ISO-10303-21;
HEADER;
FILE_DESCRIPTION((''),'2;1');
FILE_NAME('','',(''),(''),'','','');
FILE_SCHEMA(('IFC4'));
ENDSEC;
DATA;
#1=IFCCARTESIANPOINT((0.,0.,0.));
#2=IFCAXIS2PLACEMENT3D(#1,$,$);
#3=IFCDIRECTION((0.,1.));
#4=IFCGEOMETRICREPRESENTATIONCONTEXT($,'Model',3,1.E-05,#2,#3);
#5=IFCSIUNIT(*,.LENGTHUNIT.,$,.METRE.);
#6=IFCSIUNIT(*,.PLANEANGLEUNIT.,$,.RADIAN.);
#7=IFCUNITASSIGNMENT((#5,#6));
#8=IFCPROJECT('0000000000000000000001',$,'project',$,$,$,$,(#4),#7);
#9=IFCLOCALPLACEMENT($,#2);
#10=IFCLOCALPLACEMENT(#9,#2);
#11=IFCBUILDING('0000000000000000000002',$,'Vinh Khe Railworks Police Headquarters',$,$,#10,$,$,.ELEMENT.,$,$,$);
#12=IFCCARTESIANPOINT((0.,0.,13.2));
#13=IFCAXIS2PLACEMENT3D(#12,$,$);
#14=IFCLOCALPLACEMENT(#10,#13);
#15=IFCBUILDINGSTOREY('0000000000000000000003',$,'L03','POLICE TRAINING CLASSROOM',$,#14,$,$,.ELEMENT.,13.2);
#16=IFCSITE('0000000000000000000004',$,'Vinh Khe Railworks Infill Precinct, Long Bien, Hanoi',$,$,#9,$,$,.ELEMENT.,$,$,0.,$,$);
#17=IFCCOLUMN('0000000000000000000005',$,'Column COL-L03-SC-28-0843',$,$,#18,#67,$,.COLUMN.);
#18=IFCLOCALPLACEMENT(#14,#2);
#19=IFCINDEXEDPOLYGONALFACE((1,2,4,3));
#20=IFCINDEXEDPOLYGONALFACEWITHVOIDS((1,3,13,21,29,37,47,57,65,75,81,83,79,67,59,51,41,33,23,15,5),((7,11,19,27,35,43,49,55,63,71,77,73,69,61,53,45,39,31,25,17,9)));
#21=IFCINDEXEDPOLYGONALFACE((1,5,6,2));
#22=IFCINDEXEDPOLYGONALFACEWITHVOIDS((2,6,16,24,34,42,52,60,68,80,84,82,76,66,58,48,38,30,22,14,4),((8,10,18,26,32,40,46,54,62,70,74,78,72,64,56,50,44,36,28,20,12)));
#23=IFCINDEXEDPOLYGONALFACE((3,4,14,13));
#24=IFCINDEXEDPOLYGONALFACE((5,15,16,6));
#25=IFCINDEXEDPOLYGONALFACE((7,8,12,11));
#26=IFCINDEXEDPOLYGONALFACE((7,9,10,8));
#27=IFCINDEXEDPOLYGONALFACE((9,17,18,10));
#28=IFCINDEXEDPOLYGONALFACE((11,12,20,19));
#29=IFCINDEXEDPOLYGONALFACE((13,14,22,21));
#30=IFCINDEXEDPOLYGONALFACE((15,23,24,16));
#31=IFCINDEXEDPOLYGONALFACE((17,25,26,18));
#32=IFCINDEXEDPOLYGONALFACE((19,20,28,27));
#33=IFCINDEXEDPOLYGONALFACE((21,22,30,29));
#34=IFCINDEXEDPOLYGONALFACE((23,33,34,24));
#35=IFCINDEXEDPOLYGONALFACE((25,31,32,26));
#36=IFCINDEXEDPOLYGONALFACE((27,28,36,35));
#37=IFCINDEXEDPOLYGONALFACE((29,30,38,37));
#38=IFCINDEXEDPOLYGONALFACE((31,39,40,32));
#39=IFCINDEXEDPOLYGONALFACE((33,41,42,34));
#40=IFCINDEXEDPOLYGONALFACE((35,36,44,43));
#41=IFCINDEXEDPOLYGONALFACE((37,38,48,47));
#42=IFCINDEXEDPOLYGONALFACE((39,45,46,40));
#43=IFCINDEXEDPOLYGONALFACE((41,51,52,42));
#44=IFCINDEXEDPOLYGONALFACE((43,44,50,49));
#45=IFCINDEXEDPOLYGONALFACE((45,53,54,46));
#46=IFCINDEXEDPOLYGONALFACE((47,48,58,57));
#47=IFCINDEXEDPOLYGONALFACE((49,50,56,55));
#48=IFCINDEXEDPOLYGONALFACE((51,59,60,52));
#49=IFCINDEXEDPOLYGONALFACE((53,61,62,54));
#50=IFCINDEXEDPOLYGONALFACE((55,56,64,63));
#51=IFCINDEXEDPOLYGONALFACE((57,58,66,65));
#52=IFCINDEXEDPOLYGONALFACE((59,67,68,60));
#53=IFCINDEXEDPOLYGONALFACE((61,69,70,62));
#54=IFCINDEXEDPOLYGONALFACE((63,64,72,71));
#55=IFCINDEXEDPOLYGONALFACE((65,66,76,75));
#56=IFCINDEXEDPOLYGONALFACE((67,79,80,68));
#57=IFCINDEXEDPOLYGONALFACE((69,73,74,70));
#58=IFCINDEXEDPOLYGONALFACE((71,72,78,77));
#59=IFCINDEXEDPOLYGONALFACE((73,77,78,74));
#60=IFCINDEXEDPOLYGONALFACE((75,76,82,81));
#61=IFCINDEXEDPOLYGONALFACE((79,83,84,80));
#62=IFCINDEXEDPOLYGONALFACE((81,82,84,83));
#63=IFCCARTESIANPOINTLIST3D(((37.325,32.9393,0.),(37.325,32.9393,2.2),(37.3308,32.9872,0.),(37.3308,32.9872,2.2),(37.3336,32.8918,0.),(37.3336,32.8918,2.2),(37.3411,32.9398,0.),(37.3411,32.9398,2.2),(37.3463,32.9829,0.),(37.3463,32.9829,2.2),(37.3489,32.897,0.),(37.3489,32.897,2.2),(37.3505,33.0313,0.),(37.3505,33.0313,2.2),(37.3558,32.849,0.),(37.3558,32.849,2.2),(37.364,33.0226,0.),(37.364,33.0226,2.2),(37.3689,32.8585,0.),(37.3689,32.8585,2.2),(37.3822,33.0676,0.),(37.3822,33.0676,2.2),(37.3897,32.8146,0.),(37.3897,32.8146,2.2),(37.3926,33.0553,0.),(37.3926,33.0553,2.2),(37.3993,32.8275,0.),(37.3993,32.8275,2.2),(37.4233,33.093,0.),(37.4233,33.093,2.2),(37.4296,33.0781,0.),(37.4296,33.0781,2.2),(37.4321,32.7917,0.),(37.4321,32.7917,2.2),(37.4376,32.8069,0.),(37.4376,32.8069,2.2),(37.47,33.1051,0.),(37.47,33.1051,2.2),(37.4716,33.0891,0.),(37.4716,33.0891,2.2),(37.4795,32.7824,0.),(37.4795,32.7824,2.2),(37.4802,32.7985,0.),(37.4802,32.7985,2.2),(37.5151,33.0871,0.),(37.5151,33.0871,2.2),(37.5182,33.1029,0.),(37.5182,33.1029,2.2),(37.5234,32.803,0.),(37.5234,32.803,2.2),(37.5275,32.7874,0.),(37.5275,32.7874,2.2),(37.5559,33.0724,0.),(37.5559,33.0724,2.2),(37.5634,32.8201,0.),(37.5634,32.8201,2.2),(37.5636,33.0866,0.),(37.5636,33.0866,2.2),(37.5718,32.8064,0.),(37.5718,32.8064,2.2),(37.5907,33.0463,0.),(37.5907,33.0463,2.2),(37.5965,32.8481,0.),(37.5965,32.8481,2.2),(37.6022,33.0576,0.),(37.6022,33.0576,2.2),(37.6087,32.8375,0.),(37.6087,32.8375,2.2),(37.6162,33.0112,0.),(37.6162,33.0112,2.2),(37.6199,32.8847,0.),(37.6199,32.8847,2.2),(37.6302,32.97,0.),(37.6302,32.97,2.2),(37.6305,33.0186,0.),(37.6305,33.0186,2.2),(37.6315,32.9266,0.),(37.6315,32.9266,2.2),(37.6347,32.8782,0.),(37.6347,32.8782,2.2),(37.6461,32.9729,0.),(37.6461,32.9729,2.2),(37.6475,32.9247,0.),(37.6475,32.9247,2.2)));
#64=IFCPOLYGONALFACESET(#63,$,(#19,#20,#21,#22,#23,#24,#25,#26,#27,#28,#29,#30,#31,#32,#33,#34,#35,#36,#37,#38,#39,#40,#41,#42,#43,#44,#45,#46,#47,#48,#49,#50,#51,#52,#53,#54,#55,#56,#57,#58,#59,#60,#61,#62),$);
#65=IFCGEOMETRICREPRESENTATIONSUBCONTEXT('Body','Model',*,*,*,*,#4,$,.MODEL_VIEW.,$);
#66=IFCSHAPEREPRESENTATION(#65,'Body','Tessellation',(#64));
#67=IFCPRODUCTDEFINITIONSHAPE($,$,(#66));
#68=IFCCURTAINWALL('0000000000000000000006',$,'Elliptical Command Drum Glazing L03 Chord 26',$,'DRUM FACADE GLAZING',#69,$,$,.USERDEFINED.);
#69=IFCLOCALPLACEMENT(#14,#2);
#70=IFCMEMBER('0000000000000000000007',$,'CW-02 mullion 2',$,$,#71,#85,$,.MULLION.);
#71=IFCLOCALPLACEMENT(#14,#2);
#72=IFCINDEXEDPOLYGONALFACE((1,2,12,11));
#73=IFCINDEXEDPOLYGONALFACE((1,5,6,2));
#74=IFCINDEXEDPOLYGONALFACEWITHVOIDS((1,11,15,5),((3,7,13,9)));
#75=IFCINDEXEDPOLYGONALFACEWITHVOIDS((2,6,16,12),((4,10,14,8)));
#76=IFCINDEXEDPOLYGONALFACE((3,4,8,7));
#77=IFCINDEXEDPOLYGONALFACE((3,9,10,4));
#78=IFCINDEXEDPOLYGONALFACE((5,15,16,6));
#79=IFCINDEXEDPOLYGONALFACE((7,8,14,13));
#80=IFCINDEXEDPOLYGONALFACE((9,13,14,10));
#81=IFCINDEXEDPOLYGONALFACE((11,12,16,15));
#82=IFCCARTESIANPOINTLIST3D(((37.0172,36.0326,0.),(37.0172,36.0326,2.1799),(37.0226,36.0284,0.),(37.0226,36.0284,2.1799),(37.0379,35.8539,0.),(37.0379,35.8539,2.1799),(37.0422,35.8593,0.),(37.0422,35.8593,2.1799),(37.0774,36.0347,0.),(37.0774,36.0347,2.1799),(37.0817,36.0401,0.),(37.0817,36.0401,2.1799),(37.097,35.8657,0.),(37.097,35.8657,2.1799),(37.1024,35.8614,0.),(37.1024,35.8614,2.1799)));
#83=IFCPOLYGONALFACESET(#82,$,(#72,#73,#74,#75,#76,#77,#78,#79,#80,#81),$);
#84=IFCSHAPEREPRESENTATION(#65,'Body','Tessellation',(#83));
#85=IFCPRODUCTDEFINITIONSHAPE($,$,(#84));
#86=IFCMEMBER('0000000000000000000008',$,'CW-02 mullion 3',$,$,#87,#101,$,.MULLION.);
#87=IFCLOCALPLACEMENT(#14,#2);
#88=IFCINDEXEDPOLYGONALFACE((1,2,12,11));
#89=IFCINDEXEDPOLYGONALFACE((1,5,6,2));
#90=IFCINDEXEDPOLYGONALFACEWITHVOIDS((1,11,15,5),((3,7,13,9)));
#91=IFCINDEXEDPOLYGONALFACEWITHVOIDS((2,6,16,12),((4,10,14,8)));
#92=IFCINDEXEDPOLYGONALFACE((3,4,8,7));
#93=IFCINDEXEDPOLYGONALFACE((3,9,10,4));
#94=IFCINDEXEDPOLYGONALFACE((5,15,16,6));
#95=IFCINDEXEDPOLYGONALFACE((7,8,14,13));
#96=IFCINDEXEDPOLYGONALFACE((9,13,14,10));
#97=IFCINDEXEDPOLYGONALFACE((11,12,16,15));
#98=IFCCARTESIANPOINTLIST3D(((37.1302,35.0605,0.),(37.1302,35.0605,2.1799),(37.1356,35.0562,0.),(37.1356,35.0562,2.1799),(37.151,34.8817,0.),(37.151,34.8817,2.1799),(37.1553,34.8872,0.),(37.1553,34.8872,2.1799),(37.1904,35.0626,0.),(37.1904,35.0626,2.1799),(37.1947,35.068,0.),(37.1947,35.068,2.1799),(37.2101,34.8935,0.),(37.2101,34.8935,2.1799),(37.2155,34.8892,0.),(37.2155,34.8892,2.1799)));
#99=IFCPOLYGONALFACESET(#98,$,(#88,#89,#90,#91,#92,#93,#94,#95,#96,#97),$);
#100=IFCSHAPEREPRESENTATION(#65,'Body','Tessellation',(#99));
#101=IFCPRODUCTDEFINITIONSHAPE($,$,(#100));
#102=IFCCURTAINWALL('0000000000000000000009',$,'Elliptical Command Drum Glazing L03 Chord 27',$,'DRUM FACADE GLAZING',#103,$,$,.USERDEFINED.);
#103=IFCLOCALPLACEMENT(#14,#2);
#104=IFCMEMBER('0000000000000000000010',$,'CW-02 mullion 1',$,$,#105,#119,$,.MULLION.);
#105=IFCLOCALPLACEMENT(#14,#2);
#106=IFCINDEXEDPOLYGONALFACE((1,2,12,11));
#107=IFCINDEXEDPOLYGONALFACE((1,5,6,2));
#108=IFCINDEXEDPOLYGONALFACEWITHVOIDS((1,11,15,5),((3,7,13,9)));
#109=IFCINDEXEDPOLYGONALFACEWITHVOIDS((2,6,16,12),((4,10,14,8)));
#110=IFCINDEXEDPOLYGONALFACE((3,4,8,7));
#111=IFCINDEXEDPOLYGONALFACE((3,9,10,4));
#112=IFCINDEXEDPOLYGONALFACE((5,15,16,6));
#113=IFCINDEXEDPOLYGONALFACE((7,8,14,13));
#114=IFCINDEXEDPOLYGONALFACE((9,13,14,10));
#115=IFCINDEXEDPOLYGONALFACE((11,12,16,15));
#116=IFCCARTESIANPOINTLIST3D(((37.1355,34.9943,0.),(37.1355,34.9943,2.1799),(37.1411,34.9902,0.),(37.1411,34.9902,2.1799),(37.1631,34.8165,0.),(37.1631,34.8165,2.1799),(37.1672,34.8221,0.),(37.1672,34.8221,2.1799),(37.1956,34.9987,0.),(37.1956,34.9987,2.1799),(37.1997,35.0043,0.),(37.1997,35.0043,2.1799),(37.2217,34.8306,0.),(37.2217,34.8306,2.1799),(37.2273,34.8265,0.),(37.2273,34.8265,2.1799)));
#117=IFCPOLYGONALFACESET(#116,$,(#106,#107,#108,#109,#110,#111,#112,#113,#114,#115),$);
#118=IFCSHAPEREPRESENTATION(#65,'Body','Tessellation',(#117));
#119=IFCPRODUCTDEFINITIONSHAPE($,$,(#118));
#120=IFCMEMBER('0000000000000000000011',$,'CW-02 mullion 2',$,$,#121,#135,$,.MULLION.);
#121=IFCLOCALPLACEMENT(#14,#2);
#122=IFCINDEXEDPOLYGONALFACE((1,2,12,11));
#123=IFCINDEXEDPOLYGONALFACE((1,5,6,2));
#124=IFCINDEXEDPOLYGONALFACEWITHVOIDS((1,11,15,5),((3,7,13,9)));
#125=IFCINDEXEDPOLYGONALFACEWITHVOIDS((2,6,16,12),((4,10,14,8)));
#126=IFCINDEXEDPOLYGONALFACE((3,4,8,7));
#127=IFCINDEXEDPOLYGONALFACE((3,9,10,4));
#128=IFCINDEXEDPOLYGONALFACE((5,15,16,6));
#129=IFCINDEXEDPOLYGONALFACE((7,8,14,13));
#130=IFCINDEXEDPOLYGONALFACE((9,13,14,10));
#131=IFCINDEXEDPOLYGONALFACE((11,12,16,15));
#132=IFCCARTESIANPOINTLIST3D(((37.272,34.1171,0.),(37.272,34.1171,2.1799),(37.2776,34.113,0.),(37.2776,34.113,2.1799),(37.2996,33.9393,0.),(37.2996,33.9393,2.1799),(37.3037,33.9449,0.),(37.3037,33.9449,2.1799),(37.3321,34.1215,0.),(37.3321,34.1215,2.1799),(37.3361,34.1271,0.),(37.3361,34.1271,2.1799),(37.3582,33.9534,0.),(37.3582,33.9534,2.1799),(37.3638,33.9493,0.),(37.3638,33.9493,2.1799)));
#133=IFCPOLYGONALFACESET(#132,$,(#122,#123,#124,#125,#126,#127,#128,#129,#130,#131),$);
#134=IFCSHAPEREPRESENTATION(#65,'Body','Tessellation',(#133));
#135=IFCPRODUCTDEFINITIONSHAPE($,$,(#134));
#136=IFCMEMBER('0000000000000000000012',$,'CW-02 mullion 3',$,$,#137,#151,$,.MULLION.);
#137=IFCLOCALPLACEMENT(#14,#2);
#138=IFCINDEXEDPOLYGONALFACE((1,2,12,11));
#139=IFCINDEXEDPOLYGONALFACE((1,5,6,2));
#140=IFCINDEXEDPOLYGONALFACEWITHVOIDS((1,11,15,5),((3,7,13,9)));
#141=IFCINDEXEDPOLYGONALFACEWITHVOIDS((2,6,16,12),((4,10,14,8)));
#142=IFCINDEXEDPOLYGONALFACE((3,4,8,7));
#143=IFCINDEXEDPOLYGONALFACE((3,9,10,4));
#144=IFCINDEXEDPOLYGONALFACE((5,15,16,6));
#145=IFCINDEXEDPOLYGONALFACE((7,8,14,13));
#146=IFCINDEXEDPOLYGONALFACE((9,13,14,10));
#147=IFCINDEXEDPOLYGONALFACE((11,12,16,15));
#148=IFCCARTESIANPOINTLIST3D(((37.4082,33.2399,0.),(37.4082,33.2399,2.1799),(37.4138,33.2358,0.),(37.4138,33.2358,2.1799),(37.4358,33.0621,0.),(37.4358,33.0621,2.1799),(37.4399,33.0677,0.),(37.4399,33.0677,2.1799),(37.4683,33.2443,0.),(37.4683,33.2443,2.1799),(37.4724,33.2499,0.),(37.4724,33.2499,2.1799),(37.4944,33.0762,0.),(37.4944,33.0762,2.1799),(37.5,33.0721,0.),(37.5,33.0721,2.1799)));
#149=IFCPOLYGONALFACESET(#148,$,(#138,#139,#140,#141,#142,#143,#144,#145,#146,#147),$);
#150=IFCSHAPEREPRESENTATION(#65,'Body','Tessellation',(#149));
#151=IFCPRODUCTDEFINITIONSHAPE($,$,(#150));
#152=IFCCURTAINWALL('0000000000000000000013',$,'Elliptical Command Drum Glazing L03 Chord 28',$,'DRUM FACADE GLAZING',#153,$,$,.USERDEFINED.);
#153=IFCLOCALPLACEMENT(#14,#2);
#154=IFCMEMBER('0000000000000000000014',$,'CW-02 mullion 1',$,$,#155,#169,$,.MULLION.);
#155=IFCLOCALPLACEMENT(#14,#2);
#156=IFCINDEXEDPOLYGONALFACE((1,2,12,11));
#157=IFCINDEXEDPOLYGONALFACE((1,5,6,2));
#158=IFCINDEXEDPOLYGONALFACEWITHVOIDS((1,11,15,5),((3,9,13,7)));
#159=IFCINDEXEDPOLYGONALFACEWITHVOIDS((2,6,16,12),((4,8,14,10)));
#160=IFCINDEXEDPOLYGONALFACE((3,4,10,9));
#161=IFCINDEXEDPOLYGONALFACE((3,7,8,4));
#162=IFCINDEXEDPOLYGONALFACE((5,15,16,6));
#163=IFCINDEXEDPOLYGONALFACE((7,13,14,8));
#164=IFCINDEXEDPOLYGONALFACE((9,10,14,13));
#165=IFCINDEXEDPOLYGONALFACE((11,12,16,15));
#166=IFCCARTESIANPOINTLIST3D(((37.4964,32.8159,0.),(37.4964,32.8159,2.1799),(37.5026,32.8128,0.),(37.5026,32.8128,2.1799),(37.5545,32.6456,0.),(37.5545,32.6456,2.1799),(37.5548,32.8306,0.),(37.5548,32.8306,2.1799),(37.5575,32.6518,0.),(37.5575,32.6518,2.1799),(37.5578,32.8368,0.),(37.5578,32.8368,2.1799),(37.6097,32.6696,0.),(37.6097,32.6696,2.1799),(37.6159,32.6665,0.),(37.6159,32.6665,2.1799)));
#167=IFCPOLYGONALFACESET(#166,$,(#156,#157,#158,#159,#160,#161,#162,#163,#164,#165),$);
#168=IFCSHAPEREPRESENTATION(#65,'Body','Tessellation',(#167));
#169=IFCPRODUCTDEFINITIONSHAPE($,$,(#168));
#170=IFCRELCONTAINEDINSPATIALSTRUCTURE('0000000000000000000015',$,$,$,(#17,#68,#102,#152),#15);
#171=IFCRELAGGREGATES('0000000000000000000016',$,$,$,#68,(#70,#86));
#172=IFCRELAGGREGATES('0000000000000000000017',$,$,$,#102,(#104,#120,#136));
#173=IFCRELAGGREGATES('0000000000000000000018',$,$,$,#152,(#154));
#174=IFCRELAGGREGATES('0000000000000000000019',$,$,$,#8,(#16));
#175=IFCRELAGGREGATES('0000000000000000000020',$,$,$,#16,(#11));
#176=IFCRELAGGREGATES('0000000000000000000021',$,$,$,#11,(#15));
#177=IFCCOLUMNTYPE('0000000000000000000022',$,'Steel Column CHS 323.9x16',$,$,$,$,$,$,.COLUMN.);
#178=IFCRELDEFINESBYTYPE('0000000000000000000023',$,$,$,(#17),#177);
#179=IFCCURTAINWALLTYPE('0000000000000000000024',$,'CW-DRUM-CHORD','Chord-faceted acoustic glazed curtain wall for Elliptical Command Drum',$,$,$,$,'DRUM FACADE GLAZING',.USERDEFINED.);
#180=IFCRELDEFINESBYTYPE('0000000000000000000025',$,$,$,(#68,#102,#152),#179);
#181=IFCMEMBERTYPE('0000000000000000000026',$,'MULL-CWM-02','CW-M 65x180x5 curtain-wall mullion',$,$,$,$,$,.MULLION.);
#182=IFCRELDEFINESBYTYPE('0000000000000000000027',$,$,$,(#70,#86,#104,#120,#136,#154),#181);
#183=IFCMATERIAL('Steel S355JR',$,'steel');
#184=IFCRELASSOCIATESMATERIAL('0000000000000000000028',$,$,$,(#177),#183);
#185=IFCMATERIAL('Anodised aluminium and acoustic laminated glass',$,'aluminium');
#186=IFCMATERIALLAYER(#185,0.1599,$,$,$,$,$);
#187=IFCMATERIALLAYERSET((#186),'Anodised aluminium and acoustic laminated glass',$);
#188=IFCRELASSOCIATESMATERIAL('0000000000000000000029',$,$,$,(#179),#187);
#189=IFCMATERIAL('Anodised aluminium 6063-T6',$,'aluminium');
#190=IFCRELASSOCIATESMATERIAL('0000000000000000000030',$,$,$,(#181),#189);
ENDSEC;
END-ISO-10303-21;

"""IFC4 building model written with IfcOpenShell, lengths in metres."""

from ifc_helpers import new_model, si_unit, direction, frame, origin, origin_2d, place, context, subcontext, project, spatial, hollow_rectangle, hollow_circle, extrude, material, layer, layer_set, material_profile, profile_set, type_object, element, aggregate, save


model = new_model("IFC4")

# Units and contexts
model_context = context("Model", 3, precision=1e-05, world=origin(), true_north=direction((0.0, 1.0)))
body_context = subcontext(model_context, "Body", "Model", "MODEL_VIEW")
ifc_project = project(units=[si_unit("LENGTHUNIT", "METRE"), si_unit("PLANEANGLEUNIT", "RADIAN")], contexts=[model_context])

# Site, building, storey
site_placement = place(None, origin())
site = spatial("IfcSite", under=ifc_project, at=site_placement, Name="Vinh Khe Railworks Infill Precinct, Long Bien, Hanoi", CompositionType="ELEMENT", RefElevation=0.0)
building_placement = place(site_placement, origin())
building = spatial("IfcBuilding", under=site, at=building_placement, Name="Vinh Khe Railworks Police Headquarters", CompositionType="ELEMENT")
storey_placement = place(building_placement, frame((0.0, 0.0, 13.2)))
storey = spatial("IfcBuildingStorey", under=building, at=storey_placement, Name="L03", Description="POLICE TRAINING CLASSROOM", CompositionType="ELEMENT", Elevation=13.2)

# Column
ifc_material_1 = material(Name="Steel S355JR", Category="steel")
ifc_material_profile_1 = material_profile(ifc_material_1, hollow_circle(Radius=0.1619, WallThickness=0.0161, at=origin_2d()), Name="CHS 323.9x16")
ifc_profile_set_1 = profile_set([ifc_material_profile_1], Name="Steel S355JR")
column_type = type_object("IfcColumnType", Name="Steel Column CHS 323.9x16", PredefinedType="COLUMN", material=ifc_profile_set_1)
column_placement = place(storey_placement, frame((37.4868, 32.9441, 0.0), z_axis=(0.0, 0.0, 1.0), x_axis=(-0.94648, -0.322761, 0.0)))
element("IfcColumn", 1, at=column_placement, inside=storey, type_object=column_type, Name="Column COL-L03-SC-28-0843", PredefinedType="COLUMN", context=body_context, shape_type="SweptSolid", body=[
    extrude(hollow_circle(Radius=0.1619, WallThickness=0.0161, at=origin_2d()), origin(), (0.0, 0.0, 1.0), 2.2),
])

# Curtain walls, members
ifc_material_2 = material(Name="Anodised aluminium and acoustic laminated glass", Category="aluminium")
ifc_layer_1 = layer(ifc_material_2, 0.1599)
ifc_layer_set_1 = layer_set([ifc_layer_1], Name="Anodised aluminium and acoustic laminated glass")
curtain_wall_type = type_object("IfcCurtainWallType", Name="CW-DRUM-CHORD", Description="Chord-faceted acoustic glazed curtain wall for Elliptical Command Drum", ElementType="DRUM FACADE GLAZING", PredefinedType="USERDEFINED", material=ifc_layer_set_1)
curtain_wall_1_placement = place(storey_placement, origin())
curtain_wall_1 = element("IfcCurtainWall", 2, at=curtain_wall_1_placement, inside=storey, type_object=curtain_wall_type, Name="Elliptical Command Drum Glazing L03 Chord 26", ObjectType="DRUM FACADE GLAZING", PredefinedType="USERDEFINED")
ifc_material_3 = material(Name="Anodised aluminium 6063-T6", Category="aluminium")
ifc_material_profile_2 = material_profile(ifc_material_3, hollow_rectangle(XDim=0.0649, YDim=0.1799, WallThickness=0.0049, at=origin_2d()), Name="CW-M 65x180x5")
ifc_profile_set_2 = profile_set([ifc_material_profile_2], Name="Anodised aluminium 6063-T6")
member_type_1 = type_object("IfcMemberType", Name="MULL-CWM-02", Description="CW-M 65x180x5 curtain-wall mullion", PredefinedType="MULLION", material=ifc_profile_set_2)
member_1_placement = place(storey_placement, frame((37.0598, 35.947, 0.0), z_axis=(0.0, 0.0, 1.0), x_axis=(0.993329, 0.115318, 0.0)))
member_1 = element("IfcMember", 3, at=member_1_placement, type_object=member_type_1, Name="CW-02 mullion 2", PredefinedType="MULLION", context=body_context, shape_type="SweptSolid", body=[
    extrude(hollow_rectangle(XDim=0.0649, YDim=0.1799, WallThickness=0.0049, at=origin_2d()), origin(), (0.0, 0.0, 1.0), 2.1799),
])
member_2_placement = place(storey_placement, frame((37.1729, 34.9749, 0.0), z_axis=(0.0, 0.0, 1.0), x_axis=(0.993329, 0.115318, 0.0)))
member_2 = element("IfcMember", 4, at=member_2_placement, type_object=member_type_1, Name="CW-02 mullion 3", PredefinedType="MULLION", context=body_context, shape_type="SweptSolid", body=[
    extrude(hollow_rectangle(XDim=0.0649, YDim=0.1799, WallThickness=0.0049, at=origin_2d()), origin(), (0.0, 0.0, 1.0), 2.1799),
])
curtain_wall_2_placement = place(storey_placement, origin())
curtain_wall_2 = element("IfcCurtainWall", 5, at=curtain_wall_2_placement, inside=storey, type_object=curtain_wall_type, Name="Elliptical Command Drum Glazing L03 Chord 27", ObjectType="DRUM FACADE GLAZING", PredefinedType="USERDEFINED")
member_3_placement = place(storey_placement, frame((37.1814, 34.9104, 0.0), z_axis=(0.0, 0.0, 1.0), x_axis=(0.98815, 0.153489, 0.0)))
member_3 = element("IfcMember", 6, at=member_3_placement, type_object=member_type_1, Name="CW-02 mullion 1", PredefinedType="MULLION", context=body_context, shape_type="SweptSolid", body=[
    extrude(hollow_rectangle(XDim=0.0649, YDim=0.1799, WallThickness=0.0049, at=origin_2d()), origin(), (0.0, 0.0, 1.0), 2.1799),
])
member_4_placement = place(storey_placement, frame((37.3179, 34.0332, 0.0), z_axis=(0.0, 0.0, 1.0), x_axis=(0.98815, 0.153489, 0.0)))
member_4 = element("IfcMember", 7, at=member_4_placement, type_object=member_type_1, Name="CW-02 mullion 2", PredefinedType="MULLION", context=body_context, shape_type="SweptSolid", body=[
    extrude(hollow_rectangle(XDim=0.0649, YDim=0.1799, WallThickness=0.0049, at=origin_2d()), origin(), (0.0, 0.0, 1.0), 2.1799),
])
member_5_placement = place(storey_placement, frame((37.4541, 33.156, 0.0), z_axis=(0.0, 0.0, 1.0), x_axis=(0.98815, 0.153489, 0.0)))
member_5 = element("IfcMember", 8, at=member_5_placement, type_object=member_type_1, Name="CW-02 mullion 3", PredefinedType="MULLION", context=body_context, shape_type="SweptSolid", body=[
    extrude(hollow_rectangle(XDim=0.0649, YDim=0.1799, WallThickness=0.0049, at=origin_2d()), origin(), (0.0, 0.0, 1.0), 2.1799),
])

# Curtain wall, member
curtain_wall_3_placement = place(storey_placement, origin())
curtain_wall_3 = element("IfcCurtainWall", 9, at=curtain_wall_3_placement, inside=storey, type_object=curtain_wall_type, Name="Elliptical Command Drum Glazing L03 Chord 28", ObjectType="DRUM FACADE GLAZING", PredefinedType="USERDEFINED")
member_6_placement = place(storey_placement, frame((37.5562, 32.7412, 0.0), z_axis=(0.0, 0.0, 1.0), x_axis=(0.946485, 0.322749, 0.0)))
member_6 = element("IfcMember", 10, at=member_6_placement, type_object=member_type_1, Name="CW-02 mullion 1", PredefinedType="MULLION", context=body_context, shape_type="SweptSolid", body=[
    extrude(hollow_rectangle(XDim=0.0649, YDim=0.1799, WallThickness=0.0049, at=origin_2d()), origin(), (0.0, 0.0, 1.0), 2.1799),
])

aggregate(curtain_wall_1, [member_1, member_2])
aggregate(curtain_wall_2, [member_3, member_4, member_5])
aggregate(curtain_wall_3, [member_6])

save(model, "model.ifc")
